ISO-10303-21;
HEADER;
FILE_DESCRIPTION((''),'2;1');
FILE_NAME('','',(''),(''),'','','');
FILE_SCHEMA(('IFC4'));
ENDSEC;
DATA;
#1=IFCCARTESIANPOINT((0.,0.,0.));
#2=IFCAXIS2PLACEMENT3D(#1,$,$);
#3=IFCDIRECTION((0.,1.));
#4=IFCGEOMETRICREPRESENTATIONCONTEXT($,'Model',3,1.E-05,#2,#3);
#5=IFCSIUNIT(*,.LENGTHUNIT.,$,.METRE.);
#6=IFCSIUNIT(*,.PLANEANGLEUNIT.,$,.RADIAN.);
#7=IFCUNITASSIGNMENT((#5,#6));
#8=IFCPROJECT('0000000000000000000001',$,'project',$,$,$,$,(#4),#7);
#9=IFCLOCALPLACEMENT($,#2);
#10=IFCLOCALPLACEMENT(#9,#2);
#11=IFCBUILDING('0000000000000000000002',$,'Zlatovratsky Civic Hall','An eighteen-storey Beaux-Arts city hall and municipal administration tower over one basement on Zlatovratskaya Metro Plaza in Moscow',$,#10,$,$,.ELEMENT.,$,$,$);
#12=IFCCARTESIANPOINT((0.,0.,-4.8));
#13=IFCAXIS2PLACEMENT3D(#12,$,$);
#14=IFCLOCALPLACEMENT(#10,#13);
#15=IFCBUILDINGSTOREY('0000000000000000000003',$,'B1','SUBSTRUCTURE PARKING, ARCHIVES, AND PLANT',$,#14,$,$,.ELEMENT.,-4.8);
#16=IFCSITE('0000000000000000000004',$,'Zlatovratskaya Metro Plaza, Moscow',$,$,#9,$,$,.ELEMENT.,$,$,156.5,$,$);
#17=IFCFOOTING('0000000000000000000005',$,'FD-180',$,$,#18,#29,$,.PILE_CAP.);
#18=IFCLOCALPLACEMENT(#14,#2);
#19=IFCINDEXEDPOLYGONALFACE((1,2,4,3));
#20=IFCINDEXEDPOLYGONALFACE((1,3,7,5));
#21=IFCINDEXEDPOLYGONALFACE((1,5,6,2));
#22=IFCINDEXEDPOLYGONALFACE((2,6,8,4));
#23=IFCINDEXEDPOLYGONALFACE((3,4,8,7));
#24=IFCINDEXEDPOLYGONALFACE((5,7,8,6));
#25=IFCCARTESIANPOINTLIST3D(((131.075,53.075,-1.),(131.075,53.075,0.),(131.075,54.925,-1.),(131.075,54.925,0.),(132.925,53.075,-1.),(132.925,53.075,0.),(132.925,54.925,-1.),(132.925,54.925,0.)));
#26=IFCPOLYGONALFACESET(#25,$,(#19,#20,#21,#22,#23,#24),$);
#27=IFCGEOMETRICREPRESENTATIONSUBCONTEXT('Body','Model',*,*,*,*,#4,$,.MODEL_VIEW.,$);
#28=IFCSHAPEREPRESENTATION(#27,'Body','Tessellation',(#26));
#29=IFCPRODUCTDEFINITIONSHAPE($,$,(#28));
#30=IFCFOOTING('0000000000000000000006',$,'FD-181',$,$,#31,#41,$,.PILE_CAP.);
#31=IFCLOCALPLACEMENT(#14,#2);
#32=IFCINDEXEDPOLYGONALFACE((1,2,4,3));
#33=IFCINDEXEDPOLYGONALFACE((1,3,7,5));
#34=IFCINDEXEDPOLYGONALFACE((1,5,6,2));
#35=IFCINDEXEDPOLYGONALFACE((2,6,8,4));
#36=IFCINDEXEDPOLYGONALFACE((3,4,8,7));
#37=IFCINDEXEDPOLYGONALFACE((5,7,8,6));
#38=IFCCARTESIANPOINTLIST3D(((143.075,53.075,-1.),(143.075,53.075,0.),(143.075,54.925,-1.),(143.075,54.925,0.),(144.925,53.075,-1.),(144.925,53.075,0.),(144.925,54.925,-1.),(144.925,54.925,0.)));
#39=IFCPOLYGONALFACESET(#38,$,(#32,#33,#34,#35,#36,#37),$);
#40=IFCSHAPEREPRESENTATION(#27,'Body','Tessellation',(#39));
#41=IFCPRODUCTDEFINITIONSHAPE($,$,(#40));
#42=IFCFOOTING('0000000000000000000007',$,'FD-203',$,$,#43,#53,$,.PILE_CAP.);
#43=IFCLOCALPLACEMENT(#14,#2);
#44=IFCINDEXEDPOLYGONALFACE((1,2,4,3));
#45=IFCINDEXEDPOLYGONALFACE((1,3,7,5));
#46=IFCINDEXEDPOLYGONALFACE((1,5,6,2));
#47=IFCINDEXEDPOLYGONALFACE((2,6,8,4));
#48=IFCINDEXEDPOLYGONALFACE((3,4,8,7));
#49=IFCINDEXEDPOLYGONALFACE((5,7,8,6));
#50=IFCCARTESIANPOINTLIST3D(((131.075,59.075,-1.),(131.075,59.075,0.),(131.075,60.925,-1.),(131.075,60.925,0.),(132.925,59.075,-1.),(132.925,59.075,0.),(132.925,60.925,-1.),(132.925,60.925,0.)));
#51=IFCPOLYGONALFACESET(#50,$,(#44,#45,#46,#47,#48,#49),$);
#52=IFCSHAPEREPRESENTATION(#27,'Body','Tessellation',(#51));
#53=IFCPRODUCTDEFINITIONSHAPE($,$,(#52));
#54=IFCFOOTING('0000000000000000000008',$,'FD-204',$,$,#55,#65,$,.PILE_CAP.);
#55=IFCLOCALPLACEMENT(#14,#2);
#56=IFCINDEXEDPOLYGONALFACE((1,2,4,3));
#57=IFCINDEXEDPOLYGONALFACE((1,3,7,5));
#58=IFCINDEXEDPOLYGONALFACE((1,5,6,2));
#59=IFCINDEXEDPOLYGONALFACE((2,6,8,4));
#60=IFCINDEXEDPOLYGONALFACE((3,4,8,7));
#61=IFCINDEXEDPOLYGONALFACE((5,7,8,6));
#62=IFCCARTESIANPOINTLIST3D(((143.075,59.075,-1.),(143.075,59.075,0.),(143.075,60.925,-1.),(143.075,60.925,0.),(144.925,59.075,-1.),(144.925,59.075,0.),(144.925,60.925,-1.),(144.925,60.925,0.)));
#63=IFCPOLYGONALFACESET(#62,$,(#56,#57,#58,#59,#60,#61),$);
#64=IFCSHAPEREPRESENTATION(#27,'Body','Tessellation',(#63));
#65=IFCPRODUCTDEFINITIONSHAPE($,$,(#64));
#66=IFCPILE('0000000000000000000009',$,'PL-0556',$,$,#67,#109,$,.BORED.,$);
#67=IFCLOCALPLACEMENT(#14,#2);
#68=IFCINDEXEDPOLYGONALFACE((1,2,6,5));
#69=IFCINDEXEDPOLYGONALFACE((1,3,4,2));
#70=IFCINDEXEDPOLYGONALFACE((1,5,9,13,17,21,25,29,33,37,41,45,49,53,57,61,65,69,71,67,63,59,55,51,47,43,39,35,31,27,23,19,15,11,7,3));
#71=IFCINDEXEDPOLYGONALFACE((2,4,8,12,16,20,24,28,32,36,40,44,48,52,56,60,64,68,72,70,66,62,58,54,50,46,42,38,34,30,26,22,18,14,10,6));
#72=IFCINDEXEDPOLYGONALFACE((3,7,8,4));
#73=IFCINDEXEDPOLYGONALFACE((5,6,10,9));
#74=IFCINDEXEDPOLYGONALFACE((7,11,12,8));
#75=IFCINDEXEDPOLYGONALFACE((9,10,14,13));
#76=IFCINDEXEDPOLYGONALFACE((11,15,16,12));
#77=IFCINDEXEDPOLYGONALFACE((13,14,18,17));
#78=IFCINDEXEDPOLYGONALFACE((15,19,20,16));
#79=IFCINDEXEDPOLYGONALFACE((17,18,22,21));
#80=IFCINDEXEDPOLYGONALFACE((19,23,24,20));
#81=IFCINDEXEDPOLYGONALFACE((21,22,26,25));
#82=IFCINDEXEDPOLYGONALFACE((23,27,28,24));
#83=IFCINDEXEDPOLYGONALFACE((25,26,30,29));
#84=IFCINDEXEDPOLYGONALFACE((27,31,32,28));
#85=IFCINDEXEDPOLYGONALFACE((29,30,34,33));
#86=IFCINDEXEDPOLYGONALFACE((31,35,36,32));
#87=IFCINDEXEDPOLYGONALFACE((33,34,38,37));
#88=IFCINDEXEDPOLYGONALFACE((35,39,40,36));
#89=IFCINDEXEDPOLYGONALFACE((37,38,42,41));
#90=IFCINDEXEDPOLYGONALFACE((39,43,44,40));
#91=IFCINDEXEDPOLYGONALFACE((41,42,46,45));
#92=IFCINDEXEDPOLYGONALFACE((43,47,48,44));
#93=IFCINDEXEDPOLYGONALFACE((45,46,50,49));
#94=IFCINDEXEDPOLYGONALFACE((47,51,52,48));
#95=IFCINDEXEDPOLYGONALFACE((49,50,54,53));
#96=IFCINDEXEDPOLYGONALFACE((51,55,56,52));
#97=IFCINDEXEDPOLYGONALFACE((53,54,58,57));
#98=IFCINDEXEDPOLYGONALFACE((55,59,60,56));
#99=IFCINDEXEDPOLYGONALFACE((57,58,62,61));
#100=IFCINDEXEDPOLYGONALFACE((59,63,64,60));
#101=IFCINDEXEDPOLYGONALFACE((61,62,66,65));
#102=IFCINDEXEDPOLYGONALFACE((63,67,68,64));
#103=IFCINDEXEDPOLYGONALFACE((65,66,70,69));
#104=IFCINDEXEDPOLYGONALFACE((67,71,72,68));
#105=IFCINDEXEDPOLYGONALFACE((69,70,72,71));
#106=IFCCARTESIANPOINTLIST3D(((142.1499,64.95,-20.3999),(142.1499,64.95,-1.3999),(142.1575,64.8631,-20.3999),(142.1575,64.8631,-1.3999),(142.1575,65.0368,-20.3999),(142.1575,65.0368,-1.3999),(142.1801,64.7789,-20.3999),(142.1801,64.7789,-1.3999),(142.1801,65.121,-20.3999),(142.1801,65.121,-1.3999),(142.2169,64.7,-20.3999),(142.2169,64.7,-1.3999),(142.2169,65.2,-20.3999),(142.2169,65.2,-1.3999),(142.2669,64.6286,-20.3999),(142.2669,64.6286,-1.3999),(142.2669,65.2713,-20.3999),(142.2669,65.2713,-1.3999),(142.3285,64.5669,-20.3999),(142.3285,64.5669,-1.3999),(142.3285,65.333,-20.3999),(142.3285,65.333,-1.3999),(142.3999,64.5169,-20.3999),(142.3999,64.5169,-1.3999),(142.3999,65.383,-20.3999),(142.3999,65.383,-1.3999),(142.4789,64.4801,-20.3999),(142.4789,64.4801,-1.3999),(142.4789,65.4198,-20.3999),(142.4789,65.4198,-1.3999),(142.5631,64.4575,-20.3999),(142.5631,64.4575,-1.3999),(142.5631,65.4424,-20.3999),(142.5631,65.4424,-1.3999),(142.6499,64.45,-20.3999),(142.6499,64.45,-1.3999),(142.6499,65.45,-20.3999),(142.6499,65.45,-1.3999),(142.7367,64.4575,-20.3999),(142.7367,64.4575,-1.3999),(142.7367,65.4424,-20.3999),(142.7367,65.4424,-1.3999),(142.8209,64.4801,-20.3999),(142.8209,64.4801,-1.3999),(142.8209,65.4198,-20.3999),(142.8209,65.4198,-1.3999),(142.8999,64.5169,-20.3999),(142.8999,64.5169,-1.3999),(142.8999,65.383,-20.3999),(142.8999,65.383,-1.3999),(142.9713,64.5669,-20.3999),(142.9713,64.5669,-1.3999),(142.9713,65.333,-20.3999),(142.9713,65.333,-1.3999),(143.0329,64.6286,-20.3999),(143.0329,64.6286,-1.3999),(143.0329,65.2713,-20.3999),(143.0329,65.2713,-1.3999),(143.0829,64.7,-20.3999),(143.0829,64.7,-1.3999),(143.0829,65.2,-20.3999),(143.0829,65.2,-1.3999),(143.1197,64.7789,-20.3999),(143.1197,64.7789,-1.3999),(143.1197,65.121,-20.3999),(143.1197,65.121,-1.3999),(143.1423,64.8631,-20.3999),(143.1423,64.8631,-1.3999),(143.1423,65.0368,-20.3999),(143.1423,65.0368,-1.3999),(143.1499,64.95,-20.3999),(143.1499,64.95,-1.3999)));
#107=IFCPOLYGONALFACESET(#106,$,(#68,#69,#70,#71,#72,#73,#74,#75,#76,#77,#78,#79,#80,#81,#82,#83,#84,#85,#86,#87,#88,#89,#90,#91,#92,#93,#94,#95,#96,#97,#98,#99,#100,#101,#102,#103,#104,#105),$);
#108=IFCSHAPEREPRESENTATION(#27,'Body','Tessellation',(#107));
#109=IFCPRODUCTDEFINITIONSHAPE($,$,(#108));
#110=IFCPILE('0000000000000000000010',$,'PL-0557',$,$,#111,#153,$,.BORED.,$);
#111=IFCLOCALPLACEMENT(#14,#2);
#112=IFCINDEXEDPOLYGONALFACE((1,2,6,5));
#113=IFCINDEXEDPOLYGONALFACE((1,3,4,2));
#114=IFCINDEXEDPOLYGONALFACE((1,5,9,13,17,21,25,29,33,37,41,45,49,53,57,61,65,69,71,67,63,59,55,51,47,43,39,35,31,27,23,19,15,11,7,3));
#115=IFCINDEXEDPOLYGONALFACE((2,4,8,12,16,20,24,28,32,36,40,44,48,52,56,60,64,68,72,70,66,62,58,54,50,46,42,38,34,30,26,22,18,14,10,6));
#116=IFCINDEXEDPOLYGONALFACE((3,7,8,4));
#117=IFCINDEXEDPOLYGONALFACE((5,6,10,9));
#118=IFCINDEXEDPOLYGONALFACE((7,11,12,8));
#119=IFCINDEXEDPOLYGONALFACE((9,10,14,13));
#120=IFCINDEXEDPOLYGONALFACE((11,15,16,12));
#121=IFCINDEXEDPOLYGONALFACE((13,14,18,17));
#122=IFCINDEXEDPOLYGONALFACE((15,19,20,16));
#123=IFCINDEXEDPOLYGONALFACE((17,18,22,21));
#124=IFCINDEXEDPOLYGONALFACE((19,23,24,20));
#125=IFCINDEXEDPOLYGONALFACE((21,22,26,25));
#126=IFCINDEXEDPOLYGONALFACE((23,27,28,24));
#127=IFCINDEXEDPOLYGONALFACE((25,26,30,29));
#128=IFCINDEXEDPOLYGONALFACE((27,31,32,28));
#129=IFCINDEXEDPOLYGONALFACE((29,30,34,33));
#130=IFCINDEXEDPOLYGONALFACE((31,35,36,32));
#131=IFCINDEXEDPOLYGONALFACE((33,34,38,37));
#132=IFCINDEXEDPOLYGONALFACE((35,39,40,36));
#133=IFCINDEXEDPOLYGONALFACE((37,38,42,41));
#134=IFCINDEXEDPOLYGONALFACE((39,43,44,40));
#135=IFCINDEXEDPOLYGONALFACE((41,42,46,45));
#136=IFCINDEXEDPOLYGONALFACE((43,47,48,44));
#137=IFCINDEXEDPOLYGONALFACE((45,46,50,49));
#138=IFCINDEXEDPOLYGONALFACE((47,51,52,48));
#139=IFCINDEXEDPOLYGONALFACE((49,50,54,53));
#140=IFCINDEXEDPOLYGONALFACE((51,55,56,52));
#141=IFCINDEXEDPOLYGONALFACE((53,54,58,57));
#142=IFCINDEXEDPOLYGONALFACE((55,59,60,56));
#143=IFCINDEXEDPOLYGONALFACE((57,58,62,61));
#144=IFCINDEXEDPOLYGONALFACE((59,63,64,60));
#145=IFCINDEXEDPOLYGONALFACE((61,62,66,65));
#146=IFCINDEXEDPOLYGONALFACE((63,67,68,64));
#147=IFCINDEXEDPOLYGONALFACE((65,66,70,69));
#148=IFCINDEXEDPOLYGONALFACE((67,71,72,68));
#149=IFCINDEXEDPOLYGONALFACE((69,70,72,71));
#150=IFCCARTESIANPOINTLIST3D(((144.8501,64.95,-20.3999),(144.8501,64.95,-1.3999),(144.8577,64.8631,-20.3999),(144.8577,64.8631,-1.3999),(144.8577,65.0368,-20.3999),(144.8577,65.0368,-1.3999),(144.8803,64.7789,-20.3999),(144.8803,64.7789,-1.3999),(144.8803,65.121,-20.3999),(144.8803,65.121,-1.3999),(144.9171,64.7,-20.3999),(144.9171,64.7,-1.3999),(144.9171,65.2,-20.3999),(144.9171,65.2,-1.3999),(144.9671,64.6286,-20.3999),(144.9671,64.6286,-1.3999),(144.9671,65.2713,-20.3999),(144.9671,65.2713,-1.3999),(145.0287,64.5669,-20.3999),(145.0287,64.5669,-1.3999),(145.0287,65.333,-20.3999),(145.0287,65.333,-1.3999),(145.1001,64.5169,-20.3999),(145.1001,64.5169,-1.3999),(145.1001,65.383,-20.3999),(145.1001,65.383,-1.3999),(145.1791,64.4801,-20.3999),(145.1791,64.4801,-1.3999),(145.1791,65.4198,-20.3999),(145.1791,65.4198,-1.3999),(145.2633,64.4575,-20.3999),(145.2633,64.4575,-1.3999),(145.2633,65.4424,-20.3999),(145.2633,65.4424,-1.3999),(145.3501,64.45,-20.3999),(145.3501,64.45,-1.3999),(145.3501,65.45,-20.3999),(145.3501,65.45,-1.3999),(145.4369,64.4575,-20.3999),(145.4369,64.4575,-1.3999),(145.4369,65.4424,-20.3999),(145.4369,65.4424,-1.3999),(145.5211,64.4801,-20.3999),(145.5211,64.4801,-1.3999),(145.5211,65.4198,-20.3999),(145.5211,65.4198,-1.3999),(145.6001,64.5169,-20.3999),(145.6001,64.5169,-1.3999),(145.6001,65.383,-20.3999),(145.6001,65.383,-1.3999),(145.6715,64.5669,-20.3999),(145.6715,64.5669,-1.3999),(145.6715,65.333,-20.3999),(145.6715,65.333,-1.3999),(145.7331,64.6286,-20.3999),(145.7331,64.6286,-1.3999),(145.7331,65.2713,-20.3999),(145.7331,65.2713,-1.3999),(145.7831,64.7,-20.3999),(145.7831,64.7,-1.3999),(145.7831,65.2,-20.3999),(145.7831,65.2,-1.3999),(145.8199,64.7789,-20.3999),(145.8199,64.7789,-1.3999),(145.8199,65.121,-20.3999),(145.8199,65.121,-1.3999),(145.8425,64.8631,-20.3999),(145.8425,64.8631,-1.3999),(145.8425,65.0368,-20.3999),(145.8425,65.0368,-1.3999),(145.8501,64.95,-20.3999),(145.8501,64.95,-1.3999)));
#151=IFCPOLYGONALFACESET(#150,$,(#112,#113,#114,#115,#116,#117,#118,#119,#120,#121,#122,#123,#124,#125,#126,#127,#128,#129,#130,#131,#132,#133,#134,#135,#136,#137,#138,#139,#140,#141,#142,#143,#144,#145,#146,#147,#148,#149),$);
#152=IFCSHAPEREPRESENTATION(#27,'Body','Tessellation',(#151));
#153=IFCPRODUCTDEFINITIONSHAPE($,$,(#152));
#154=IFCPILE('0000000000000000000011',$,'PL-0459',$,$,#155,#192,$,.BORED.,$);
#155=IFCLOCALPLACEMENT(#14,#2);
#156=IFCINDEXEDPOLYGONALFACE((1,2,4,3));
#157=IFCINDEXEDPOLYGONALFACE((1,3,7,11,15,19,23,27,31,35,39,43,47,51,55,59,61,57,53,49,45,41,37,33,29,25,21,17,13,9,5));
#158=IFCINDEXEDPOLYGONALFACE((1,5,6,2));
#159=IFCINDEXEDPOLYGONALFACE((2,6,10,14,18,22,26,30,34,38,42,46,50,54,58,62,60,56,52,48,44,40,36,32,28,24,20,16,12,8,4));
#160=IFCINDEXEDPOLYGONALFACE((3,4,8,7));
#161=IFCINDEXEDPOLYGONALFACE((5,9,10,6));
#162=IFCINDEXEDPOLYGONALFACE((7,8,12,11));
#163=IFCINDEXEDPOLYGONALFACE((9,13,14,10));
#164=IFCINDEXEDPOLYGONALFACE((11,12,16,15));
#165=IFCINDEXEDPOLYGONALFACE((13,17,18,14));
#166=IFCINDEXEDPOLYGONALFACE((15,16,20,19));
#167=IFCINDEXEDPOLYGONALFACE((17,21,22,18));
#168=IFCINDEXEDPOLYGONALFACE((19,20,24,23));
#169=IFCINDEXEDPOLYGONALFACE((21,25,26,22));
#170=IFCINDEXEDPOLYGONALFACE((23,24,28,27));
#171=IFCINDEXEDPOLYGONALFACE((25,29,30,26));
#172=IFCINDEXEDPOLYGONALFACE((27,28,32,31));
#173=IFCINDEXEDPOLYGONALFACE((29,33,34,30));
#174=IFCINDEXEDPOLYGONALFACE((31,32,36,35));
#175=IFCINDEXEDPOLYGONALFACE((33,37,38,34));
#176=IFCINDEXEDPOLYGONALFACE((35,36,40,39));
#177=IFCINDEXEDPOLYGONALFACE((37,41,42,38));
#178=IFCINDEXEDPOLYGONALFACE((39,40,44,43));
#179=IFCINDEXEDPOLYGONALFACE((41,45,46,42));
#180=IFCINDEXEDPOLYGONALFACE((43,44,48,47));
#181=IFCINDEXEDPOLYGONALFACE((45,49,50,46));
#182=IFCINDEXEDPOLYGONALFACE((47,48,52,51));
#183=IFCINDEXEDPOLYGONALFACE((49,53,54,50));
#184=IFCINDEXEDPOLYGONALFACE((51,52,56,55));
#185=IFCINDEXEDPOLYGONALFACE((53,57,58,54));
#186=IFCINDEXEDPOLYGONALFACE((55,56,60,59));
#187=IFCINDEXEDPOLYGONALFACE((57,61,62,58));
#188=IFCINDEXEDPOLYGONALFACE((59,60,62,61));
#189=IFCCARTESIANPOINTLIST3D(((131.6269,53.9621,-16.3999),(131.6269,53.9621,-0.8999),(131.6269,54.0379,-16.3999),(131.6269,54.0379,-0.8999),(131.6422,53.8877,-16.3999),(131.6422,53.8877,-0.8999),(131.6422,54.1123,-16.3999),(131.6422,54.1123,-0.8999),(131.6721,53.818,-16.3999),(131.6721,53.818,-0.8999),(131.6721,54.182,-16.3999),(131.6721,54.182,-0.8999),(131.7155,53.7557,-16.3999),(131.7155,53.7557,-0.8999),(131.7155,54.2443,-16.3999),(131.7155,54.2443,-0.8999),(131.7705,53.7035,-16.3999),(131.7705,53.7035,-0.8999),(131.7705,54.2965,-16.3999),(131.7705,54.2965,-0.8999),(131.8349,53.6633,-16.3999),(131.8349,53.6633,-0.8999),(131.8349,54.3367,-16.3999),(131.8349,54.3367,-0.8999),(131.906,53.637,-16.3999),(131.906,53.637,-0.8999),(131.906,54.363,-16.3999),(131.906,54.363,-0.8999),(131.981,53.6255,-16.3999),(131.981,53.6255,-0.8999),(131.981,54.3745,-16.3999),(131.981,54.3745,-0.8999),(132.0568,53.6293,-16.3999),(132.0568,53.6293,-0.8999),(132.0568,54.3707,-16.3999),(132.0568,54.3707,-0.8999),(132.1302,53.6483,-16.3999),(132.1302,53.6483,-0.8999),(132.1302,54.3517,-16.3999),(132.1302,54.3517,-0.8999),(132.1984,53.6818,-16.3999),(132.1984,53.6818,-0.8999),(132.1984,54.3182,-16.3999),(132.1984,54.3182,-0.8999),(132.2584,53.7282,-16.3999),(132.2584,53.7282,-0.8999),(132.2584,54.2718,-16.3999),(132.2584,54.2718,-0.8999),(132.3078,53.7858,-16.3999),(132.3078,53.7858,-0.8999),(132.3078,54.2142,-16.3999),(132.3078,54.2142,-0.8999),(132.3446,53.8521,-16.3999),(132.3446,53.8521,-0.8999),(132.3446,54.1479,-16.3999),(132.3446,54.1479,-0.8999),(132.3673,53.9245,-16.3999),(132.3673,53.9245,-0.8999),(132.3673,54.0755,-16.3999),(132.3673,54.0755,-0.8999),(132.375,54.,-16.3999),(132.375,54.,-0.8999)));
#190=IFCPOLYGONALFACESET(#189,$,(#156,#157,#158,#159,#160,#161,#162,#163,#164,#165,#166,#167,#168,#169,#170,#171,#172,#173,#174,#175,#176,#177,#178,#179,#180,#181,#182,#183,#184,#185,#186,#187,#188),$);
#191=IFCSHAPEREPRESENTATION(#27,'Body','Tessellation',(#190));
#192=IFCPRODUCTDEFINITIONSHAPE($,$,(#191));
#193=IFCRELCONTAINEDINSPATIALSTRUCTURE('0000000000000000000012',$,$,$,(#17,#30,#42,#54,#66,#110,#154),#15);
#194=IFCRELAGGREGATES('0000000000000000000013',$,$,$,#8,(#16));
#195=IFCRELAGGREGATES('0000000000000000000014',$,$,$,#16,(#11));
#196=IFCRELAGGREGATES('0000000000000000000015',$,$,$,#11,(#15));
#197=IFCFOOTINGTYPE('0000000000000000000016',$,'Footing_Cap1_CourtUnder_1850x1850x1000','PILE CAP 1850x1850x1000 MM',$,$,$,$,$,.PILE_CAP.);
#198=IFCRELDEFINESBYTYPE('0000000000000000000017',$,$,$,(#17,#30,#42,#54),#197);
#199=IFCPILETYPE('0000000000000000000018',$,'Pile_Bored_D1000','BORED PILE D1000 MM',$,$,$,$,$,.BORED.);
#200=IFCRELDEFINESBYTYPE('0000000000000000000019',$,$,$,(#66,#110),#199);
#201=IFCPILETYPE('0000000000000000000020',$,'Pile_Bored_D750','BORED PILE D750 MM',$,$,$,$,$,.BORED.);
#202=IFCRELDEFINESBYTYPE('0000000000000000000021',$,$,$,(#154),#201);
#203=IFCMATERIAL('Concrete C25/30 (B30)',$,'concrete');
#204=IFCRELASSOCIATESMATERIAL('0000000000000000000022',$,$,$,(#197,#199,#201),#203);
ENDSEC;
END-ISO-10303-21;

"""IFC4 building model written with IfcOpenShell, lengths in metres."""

from ifc_helpers import new_model, si_unit, direction, frame, origin, origin_2d, place, context, subcontext, project, spatial, rectangle, circle, extrude, material, material_profile, profile_set, type_object, element, save


model = new_model("IFC4")

# Units and contexts
model_context = context("Model", 3, precision=1e-05, world=origin(), true_north=direction((0.0, 1.0)))
body_context = subcontext(model_context, "Body", "Model", "MODEL_VIEW")
ifc_project = project(units=[si_unit("LENGTHUNIT", "METRE"), si_unit("PLANEANGLEUNIT", "RADIAN")], contexts=[model_context])

# Site, building, storey
site_placement = place(None, origin())
site = spatial("IfcSite", under=ifc_project, at=site_placement, Name="Zlatovratskaya Metro Plaza, Moscow", CompositionType="ELEMENT", RefElevation=156.5)
building_placement = place(site_placement, origin())
building = spatial("IfcBuilding", under=site, at=building_placement, Name="Zlatovratsky Civic Hall", Description="An eighteen-storey Beaux-Arts city hall and municipal administration tower over one basement on Zlatovratskaya Metro Plaza in Moscow", CompositionType="ELEMENT")
storey_placement = place(building_placement, frame((0.0, 0.0, -4.8)))
storey = spatial("IfcBuildingStorey", under=building, at=storey_placement, Name="B1", Description="SUBSTRUCTURE PARKING, ARCHIVES, AND PLANT", CompositionType="ELEMENT", Elevation=-4.8)

# Footings
ifc_material_1 = material(Name="Concrete C25/30 (B30)", Category="concrete")
footing_type = type_object("IfcFootingType", Name="Footing_Cap1_CourtUnder_1850x1850x1000", Description="PILE CAP 1850x1850x1000 MM", PredefinedType="PILE_CAP", material=ifc_material_1)
for number, where, z_axis, x_axis, name in (
    (1, (132.0, 54.0, -1.0), (0.0, 0.0, 1.0), (1.0, 0.0, 0.0), "FD-180"),
    (2, (144.0, 54.0, -1.0), (0.0, 0.0, 1.0), (1.0, 0.0, 0.0), "FD-181"),
    (3, (132.0, 60.0, -1.0), (0.0, 0.0, 1.0), (1.0, 0.0, 0.0), "FD-203"),
    (4, (144.0, 60.0, -1.0), (0.0, 0.0, 1.0), (1.0, 0.0, 0.0), "FD-204"),
):
    element("IfcFooting", number, at=place(storey_placement, frame(where, z_axis=z_axis, x_axis=x_axis)), inside=storey, type_object=footing_type, Name=name, PredefinedType="PILE_CAP", context=body_context, shape_type="SweptSolid", body=[
        extrude(rectangle(XDim=1.8501, YDim=1.8501, at=origin_2d()), origin(), (0.0, 0.0, 1.0), 1.0),
    ])

# Piles
ifc_material_profile_1 = material_profile(ifc_material_1, circle(Radius=0.5, at=origin_2d()), Name="PILE D1000")
ifc_profile_set_1 = profile_set([ifc_material_profile_1], Name="Concrete C25/30 (B30)")
pile_type_1 = type_object("IfcPileType", Name="Pile_Bored_D1000", Description="BORED PILE D1000 MM", PredefinedType="BORED", material=ifc_profile_set_1)
for number, where, z_axis, x_axis, name in (
    (5, (142.6499, 64.95, -1.3999), (0.0, 0.0, -1.0), (1.0, 0.0, 0.0), "PL-0556"),
    (6, (145.3501, 64.95, -1.3999), (0.0, 0.0, -1.0), (1.0, 0.0, 0.0), "PL-0557"),
):
    element("IfcPile", number, at=place(storey_placement, frame(where, z_axis=z_axis, x_axis=x_axis)), inside=storey, type_object=pile_type_1, Name=name, PredefinedType="BORED", context=body_context, shape_type="SweptSolid", body=[
        extrude(circle(Radius=0.5, at=origin_2d()), origin(), (0.0, 0.0, 1.0), 19.0),
    ])
ifc_material_profile_2 = material_profile(ifc_material_1, circle(Radius=0.375, at=origin_2d()), Name="PILE D750")
ifc_profile_set_2 = profile_set([ifc_material_profile_2], Name="Concrete C25/30 (B30)")
pile_type_2 = type_object("IfcPileType", Name="Pile_Bored_D750", Description="BORED PILE D750 MM", PredefinedType="BORED", material=ifc_profile_set_2)
for number, where, z_axis, x_axis, name in (
    (7, (132.0, 54.0, -0.8999), (0.0, 0.0, -1.0), (1.0, 0.0, 0.0), "PL-0459"),
):
    element("IfcPile", number, at=place(storey_placement, frame(where, z_axis=z_axis, x_axis=x_axis)), inside=storey, type_object=pile_type_2, Name=name, PredefinedType="BORED", context=body_context, shape_type="SweptSolid", body=[
        extrude(circle(Radius=0.375, at=origin_2d()), origin(), (0.0, 0.0, 1.0), 15.5),
    ])

save(model, "model.ifc")
